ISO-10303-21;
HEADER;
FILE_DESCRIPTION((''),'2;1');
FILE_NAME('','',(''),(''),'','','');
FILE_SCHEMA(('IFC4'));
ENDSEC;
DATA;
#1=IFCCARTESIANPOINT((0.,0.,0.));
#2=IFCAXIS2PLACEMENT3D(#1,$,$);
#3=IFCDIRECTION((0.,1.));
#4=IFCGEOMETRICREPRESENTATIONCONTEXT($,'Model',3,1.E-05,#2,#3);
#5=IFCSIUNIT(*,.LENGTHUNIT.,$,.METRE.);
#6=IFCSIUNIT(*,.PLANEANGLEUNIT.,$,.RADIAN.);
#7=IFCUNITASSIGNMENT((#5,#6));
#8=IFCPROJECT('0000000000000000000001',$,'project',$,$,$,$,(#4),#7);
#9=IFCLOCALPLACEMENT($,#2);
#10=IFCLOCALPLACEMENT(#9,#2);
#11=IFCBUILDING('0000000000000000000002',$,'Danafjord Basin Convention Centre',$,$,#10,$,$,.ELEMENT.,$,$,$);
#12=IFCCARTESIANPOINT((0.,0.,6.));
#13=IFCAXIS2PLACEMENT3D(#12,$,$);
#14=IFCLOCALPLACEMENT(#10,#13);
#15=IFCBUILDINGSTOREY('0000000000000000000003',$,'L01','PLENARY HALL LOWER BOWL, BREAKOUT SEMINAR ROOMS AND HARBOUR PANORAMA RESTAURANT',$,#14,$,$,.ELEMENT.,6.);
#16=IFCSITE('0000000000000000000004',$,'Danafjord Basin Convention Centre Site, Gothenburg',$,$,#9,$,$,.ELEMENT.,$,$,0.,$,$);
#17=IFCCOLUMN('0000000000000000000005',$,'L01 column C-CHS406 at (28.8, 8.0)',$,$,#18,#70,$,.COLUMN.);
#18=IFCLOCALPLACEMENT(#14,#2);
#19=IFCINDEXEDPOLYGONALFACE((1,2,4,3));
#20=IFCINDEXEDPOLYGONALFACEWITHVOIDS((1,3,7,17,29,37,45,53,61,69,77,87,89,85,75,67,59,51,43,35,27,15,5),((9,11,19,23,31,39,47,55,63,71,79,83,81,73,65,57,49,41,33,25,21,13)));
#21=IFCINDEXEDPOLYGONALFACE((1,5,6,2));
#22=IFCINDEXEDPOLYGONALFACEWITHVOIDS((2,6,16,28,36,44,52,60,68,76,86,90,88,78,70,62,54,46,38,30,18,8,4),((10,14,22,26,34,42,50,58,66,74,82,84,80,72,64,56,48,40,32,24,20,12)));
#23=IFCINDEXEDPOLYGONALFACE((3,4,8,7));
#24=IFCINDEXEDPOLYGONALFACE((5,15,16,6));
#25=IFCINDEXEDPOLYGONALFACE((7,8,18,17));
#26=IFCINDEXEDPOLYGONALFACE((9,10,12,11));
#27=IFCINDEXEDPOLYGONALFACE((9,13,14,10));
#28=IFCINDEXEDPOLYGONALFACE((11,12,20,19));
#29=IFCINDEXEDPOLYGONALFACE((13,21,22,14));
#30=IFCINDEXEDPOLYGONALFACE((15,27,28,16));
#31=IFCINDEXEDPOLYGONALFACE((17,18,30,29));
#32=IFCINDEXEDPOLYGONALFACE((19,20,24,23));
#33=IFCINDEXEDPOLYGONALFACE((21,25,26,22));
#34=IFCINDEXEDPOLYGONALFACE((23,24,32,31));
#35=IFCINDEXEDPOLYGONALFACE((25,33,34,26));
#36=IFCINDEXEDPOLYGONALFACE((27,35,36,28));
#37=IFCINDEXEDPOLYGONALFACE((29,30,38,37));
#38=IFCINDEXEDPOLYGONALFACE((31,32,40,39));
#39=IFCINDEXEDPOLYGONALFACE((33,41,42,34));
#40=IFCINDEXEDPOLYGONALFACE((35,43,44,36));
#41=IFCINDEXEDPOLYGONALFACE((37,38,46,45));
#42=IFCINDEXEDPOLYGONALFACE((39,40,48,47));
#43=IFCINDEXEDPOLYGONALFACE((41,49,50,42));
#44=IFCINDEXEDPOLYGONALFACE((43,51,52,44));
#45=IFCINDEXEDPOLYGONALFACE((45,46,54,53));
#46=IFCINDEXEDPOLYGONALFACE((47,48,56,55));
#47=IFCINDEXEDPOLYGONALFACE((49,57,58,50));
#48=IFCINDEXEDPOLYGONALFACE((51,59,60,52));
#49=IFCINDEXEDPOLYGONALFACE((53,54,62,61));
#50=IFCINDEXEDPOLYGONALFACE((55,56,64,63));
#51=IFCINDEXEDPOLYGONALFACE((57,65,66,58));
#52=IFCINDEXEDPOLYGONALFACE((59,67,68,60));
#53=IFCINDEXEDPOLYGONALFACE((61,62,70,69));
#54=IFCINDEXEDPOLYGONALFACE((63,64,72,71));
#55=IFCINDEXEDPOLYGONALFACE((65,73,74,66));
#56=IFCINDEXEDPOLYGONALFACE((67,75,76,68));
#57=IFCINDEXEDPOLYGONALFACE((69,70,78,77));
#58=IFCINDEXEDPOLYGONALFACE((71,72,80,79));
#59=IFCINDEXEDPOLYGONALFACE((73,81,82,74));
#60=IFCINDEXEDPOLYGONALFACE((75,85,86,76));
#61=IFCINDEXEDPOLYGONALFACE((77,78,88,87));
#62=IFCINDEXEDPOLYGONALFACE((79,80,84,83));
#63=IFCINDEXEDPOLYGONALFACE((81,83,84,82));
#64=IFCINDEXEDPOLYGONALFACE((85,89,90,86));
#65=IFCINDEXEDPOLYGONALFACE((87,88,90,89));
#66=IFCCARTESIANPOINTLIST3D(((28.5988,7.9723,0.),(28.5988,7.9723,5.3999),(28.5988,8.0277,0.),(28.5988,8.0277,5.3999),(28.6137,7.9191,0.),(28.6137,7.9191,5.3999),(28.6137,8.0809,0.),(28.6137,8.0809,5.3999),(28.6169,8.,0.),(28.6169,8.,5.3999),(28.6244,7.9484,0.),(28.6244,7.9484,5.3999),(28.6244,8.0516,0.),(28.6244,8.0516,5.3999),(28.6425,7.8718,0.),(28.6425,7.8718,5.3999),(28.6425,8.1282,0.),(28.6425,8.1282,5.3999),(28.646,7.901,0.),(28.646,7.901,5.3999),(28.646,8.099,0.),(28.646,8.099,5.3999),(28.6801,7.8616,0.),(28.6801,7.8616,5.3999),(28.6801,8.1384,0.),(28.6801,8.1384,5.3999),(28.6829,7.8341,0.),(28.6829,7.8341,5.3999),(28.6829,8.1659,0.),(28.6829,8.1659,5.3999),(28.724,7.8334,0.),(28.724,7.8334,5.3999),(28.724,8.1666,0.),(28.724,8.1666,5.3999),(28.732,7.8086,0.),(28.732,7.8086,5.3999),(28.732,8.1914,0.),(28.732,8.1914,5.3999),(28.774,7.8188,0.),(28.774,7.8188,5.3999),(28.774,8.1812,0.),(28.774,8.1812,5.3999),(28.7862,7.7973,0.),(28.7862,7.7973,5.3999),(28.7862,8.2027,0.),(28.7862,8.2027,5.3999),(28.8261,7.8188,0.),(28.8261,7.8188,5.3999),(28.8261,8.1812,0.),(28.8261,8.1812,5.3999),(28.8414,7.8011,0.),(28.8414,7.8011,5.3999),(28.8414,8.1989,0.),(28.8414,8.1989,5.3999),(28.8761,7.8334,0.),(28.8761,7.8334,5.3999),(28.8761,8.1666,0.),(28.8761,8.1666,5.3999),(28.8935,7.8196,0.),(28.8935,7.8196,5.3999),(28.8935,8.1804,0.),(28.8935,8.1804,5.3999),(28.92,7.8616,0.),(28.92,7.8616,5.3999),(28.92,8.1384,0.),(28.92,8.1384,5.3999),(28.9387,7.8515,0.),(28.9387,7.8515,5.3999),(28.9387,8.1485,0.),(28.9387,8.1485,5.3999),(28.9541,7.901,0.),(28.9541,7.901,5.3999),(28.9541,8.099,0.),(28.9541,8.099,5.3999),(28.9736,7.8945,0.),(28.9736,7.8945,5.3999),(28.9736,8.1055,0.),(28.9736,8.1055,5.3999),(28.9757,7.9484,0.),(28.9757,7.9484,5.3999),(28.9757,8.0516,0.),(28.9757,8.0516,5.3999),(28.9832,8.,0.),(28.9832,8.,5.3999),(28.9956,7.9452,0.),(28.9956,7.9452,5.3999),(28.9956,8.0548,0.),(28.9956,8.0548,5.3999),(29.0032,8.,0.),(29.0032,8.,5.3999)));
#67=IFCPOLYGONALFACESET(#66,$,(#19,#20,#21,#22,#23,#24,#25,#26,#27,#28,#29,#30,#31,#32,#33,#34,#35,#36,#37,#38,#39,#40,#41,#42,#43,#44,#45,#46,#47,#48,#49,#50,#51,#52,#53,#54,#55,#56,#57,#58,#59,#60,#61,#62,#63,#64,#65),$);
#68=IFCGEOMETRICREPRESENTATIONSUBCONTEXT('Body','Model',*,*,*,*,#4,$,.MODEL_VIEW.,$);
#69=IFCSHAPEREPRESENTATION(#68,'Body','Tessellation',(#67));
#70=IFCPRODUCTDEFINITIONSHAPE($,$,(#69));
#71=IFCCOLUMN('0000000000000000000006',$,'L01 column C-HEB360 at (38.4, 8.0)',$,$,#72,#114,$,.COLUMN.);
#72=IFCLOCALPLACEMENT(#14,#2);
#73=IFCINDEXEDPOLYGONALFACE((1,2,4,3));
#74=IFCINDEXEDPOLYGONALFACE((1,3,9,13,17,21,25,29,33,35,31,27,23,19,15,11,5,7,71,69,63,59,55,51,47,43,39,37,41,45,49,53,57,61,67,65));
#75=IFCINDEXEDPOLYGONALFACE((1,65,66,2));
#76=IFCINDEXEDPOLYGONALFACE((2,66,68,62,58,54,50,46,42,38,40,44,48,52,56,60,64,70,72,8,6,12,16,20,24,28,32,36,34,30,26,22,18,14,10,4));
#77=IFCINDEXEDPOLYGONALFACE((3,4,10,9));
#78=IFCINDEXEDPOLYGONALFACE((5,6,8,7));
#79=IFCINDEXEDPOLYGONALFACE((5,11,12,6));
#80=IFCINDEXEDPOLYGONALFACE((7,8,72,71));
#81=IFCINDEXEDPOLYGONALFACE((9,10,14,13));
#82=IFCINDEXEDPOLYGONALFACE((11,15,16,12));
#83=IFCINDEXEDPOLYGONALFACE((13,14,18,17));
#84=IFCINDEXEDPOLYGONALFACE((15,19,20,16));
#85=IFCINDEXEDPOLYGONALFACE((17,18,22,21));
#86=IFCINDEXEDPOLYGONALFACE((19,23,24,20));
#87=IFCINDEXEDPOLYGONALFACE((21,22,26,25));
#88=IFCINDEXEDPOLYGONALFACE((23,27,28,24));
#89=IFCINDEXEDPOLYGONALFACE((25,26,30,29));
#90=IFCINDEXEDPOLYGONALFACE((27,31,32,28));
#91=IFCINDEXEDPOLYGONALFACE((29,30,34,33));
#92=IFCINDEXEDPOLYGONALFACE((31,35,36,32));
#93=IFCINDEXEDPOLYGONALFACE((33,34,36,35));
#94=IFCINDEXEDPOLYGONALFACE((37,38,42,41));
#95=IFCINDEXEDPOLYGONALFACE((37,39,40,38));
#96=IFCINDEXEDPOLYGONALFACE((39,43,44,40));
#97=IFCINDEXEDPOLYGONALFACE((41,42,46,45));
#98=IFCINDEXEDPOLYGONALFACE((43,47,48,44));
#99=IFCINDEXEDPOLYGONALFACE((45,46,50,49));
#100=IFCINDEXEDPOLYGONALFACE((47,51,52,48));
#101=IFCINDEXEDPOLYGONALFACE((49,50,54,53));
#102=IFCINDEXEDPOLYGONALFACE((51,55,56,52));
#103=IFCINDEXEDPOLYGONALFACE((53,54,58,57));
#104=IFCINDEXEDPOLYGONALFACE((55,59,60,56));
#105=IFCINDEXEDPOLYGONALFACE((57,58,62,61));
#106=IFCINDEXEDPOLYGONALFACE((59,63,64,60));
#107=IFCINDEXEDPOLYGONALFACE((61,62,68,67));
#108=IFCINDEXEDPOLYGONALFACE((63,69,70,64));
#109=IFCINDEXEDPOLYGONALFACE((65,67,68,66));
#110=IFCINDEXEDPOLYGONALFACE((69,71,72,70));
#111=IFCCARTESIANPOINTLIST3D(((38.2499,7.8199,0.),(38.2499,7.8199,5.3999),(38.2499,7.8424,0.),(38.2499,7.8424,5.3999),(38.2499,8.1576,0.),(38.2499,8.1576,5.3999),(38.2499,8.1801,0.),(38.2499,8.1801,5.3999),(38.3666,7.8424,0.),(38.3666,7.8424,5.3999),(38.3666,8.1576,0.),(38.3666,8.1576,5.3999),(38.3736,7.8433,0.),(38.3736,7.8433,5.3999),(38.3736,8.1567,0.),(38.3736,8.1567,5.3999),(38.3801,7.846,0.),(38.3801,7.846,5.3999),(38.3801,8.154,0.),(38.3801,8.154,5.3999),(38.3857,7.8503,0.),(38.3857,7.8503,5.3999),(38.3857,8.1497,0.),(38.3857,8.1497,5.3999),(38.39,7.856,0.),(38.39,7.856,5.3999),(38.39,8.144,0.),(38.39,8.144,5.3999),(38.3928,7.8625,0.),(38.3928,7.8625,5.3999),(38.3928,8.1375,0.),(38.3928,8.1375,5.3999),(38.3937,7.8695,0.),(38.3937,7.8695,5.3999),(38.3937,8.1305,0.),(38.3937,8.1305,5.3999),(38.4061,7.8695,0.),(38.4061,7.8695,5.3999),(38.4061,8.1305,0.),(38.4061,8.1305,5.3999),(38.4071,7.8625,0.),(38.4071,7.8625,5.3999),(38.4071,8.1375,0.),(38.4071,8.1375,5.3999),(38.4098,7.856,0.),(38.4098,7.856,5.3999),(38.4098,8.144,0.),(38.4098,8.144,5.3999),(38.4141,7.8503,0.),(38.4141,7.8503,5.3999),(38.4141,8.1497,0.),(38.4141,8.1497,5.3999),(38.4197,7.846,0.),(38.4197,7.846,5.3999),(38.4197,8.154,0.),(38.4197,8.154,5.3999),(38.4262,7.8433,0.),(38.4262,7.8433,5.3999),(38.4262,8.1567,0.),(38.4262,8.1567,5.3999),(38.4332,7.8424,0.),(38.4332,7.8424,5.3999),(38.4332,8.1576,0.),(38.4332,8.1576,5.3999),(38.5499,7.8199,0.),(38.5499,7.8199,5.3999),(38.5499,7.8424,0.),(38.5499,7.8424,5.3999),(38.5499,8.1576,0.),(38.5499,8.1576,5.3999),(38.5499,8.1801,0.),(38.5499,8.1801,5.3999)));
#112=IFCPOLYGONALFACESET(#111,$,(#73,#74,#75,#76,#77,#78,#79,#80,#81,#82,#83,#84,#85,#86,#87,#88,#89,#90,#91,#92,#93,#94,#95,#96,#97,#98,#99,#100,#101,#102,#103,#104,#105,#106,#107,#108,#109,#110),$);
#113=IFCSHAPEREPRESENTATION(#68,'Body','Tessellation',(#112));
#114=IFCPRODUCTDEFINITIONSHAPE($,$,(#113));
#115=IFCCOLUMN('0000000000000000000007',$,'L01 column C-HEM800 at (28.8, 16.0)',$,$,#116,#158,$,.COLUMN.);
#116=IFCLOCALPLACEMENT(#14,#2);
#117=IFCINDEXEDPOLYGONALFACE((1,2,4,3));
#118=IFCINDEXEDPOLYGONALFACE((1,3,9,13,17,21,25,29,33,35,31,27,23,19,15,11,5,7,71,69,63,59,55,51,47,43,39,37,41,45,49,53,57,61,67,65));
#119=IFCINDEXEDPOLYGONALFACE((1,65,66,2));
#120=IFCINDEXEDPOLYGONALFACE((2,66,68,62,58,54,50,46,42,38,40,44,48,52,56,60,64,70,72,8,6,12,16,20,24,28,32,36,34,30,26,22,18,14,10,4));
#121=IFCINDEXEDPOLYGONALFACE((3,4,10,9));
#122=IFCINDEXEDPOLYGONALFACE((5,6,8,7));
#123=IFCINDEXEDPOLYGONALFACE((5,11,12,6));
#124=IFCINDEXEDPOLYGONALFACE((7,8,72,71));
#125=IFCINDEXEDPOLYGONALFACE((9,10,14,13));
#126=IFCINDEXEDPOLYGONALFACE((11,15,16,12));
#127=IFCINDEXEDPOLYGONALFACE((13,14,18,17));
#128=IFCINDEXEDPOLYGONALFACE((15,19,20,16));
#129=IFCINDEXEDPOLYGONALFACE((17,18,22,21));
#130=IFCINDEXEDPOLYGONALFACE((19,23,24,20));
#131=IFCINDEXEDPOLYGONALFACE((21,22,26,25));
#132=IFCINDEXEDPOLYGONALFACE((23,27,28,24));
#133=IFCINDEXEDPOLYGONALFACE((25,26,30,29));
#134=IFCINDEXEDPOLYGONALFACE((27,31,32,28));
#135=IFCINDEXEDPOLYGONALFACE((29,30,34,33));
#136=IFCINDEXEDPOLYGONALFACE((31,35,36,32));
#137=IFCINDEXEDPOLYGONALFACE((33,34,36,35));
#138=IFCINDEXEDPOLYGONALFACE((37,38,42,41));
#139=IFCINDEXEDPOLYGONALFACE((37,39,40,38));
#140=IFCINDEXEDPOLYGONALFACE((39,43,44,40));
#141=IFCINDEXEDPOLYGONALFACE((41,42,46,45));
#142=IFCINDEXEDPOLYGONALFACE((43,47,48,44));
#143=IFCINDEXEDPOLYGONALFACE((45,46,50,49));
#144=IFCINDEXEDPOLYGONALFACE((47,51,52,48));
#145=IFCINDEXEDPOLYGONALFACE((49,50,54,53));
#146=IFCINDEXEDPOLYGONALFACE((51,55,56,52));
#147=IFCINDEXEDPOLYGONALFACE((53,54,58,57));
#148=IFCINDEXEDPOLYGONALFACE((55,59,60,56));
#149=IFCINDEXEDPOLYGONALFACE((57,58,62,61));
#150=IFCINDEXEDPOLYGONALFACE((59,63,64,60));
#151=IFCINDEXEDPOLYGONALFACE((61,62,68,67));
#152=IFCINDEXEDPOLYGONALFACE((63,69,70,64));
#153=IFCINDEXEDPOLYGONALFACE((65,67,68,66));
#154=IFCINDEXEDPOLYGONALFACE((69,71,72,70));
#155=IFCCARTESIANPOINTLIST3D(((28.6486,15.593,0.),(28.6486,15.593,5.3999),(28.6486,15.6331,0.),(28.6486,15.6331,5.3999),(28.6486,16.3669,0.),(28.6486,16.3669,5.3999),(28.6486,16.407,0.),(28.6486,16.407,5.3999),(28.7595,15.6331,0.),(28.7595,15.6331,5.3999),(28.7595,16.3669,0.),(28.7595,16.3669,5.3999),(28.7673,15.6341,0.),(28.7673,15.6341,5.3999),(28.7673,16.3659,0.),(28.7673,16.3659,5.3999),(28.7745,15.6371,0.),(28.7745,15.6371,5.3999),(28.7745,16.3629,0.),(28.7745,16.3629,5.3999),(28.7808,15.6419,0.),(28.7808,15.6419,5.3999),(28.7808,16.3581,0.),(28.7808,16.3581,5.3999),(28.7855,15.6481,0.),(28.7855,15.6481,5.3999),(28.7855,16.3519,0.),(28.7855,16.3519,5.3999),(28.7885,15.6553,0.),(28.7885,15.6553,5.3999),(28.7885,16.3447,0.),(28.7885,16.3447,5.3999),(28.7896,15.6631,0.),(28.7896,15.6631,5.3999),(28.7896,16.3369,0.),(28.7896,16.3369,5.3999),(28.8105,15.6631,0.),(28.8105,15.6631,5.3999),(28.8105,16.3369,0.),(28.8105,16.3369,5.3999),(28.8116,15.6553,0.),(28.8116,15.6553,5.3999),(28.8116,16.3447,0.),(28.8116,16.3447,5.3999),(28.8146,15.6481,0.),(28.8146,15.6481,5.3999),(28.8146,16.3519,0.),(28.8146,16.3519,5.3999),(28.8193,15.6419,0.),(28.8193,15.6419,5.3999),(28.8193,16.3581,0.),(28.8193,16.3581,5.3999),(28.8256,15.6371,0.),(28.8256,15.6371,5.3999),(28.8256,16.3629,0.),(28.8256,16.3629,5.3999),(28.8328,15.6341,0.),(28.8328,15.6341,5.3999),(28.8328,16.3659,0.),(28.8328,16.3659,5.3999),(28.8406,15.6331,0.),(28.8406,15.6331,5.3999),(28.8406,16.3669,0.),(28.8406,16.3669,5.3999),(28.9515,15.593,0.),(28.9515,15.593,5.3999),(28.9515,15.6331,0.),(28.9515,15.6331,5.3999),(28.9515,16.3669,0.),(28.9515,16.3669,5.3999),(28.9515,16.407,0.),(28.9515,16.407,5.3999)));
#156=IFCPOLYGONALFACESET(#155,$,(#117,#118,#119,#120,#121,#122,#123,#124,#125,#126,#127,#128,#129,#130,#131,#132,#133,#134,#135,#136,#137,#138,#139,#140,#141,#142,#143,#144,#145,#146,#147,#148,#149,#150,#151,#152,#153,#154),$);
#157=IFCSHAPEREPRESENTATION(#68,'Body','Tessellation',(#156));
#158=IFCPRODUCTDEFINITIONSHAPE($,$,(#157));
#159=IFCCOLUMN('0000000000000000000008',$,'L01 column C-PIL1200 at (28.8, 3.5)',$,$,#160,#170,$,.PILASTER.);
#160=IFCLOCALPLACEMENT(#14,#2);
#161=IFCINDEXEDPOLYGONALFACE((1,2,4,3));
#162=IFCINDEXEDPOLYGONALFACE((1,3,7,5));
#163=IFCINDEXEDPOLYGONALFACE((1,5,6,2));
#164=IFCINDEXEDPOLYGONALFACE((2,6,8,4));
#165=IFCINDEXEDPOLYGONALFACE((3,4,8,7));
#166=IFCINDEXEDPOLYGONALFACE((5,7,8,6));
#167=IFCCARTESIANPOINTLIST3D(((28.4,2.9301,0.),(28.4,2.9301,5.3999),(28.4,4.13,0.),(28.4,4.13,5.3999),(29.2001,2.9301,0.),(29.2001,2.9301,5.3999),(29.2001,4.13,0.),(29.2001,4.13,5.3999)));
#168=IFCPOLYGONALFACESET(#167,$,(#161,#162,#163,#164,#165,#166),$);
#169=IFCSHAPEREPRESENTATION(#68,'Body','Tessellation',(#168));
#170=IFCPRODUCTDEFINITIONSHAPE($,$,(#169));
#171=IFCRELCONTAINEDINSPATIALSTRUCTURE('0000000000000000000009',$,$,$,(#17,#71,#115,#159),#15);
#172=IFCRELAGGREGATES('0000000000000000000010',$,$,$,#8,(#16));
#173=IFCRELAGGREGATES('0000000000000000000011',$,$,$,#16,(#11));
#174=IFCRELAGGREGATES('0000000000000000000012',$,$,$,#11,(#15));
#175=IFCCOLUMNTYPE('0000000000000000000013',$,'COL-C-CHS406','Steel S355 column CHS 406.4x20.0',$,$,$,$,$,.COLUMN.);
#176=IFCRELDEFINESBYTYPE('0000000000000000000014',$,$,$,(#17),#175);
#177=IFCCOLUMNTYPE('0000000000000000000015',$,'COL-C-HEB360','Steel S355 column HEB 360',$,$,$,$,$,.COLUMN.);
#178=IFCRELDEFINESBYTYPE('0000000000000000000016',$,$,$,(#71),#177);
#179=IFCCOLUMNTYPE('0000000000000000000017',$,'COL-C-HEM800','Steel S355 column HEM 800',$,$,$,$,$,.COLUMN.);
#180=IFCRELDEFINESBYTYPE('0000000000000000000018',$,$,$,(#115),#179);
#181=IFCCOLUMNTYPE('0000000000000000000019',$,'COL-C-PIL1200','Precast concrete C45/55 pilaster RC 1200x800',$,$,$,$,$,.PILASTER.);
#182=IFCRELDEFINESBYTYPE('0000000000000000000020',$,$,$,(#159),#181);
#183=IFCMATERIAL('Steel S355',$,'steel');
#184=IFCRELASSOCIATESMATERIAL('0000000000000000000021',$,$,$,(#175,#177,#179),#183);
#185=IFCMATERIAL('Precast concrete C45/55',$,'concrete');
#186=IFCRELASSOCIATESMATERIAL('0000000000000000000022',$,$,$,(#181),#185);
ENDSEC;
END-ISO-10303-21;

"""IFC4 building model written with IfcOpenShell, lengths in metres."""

from ifc_helpers import new_model, si_unit, direction, frame, origin, origin_2d, place, context, subcontext, project, spatial, rectangle, hollow_circle, i_section, extrude, material, material_profile, profile_set, type_object, element, save


model = new_model("IFC4")

# Units and contexts
model_context = context("Model", 3, precision=1e-05, world=origin(), true_north=direction((0.0, 1.0)))
body_context = subcontext(model_context, "Body", "Model", "MODEL_VIEW")
ifc_project = project(units=[si_unit("LENGTHUNIT", "METRE"), si_unit("PLANEANGLEUNIT", "RADIAN")], contexts=[model_context])

# Site, building, storey
site_placement = place(None, origin())
site = spatial("IfcSite", under=ifc_project, at=site_placement, Name="Danafjord Basin Convention Centre Site, Gothenburg", CompositionType="ELEMENT", RefElevation=0.0)
building_placement = place(site_placement, origin())
building = spatial("IfcBuilding", under=site, at=building_placement, Name="Danafjord Basin Convention Centre", CompositionType="ELEMENT")
storey_placement = place(building_placement, frame((0.0, 0.0, 6.0)))
storey = spatial("IfcBuildingStorey", under=building, at=storey_placement, Name="L01", Description="PLENARY HALL LOWER BOWL, BREAKOUT SEMINAR ROOMS AND HARBOUR PANORAMA RESTAURANT", CompositionType="ELEMENT", Elevation=6.0)

# Columns
ifc_material_1 = material(Name="Steel S355", Category="steel")
ifc_material_profile_1 = material_profile(ifc_material_1, hollow_circle(Radius=0.2031, WallThickness=0.02, at=origin_2d()), Name="CHS 406.4x20.0")
ifc_profile_set_1 = profile_set([ifc_material_profile_1], Name="Steel S355")
column_type_1 = type_object("IfcColumnType", Name="COL-C-CHS406", Description="Steel S355 column CHS 406.4x20.0", PredefinedType="COLUMN", material=ifc_profile_set_1)
column_1_placement = place(storey_placement, frame((28.8, 8.0, 0.0), z_axis=(0.0, 0.0, 1.0), x_axis=(1.0, 0.0, 0.0)))
element("IfcColumn", 1, at=column_1_placement, inside=storey, type_object=column_type_1, Name="L01 column C-CHS406 at (28.8, 8.0)", PredefinedType="COLUMN", context=body_context, shape_type="SweptSolid", body=[
    extrude(hollow_circle(Radius=0.2031, WallThickness=0.02, at=origin_2d()), origin(), (0.0, 0.0, 1.0), 5.3999),
])
ifc_material_profile_2 = material_profile(ifc_material_1, i_section(OverallWidth=0.3, OverallDepth=0.3601, WebThickness=0.0125, FlangeThickness=0.0225, FilletRadius=0.0271, at=origin_2d()), Name="HEB 360")
ifc_profile_set_2 = profile_set([ifc_material_profile_2], Name="Steel S355")
column_type_2 = type_object("IfcColumnType", Name="COL-C-HEB360", Description="Steel S355 column HEB 360", PredefinedType="COLUMN", material=ifc_profile_set_2)
column_2_placement = place(storey_placement, frame((38.3999, 8.0, 0.0), z_axis=(0.0, 0.0, 1.0), x_axis=(1.0, 0.0, 0.0)))
element("IfcColumn", 2, at=column_2_placement, inside=storey, type_object=column_type_2, Name="L01 column C-HEB360 at (38.4, 8.0)", PredefinedType="COLUMN", context=body_context, shape_type="SweptSolid", body=[
    extrude(i_section(OverallWidth=0.3, OverallDepth=0.3601, WebThickness=0.0125, FlangeThickness=0.0225, FilletRadius=0.0271, at=origin_2d()), origin(), (0.0, 0.0, 1.0), 5.3999),
])
ifc_material_profile_3 = material_profile(ifc_material_1, i_section(OverallWidth=0.303, OverallDepth=0.814, WebThickness=0.021, FlangeThickness=0.04, FilletRadius=0.03, at=origin_2d()), Name="HEM 800")
ifc_profile_set_3 = profile_set([ifc_material_profile_3], Name="Steel S355")
column_type_3 = type_object("IfcColumnType", Name="COL-C-HEM800", Description="Steel S355 column HEM 800", PredefinedType="COLUMN", material=ifc_profile_set_3)
column_3_placement = place(storey_placement, frame((28.8, 16.0, 0.0), z_axis=(0.0, 0.0, 1.0), x_axis=(1.0, 0.0, 0.0)))
element("IfcColumn", 3, at=column_3_placement, inside=storey, type_object=column_type_3, Name="L01 column C-HEM800 at (28.8, 16.0)", PredefinedType="COLUMN", context=body_context, shape_type="SweptSolid", body=[
    extrude(i_section(OverallWidth=0.303, OverallDepth=0.814, WebThickness=0.021, FlangeThickness=0.04, FilletRadius=0.03, at=origin_2d()), origin(), (0.0, 0.0, 1.0), 5.3999),
])
ifc_material_2 = material(Name="Precast concrete C45/55", Category="concrete")
ifc_material_profile_4 = material_profile(ifc_material_2, rectangle(XDim=0.8, YDim=1.2, at=origin_2d()), Name="RC 1200x800")
ifc_profile_set_4 = profile_set([ifc_material_profile_4], Name="Precast concrete C45/55")
column_type_4 = type_object("IfcColumnType", Name="COL-C-PIL1200", Description="Precast concrete C45/55 pilaster RC 1200x800", PredefinedType="PILASTER", material=ifc_profile_set_4)
column_4_placement = place(storey_placement, frame((28.8, 3.53, 0.0), z_axis=(0.0, 0.0, 1.0), x_axis=(1.0, 0.0, 0.0)))
element("IfcColumn", 4, at=column_4_placement, inside=storey, type_object=column_type_4, Name="L01 column C-PIL1200 at (28.8, 3.5)", PredefinedType="PILASTER", context=body_context, shape_type="SweptSolid", body=[
    extrude(rectangle(XDim=0.8, YDim=1.2, at=origin_2d()), origin(), (0.0, 0.0, 1.0), 5.3999),
])

save(model, "model.ifc")
